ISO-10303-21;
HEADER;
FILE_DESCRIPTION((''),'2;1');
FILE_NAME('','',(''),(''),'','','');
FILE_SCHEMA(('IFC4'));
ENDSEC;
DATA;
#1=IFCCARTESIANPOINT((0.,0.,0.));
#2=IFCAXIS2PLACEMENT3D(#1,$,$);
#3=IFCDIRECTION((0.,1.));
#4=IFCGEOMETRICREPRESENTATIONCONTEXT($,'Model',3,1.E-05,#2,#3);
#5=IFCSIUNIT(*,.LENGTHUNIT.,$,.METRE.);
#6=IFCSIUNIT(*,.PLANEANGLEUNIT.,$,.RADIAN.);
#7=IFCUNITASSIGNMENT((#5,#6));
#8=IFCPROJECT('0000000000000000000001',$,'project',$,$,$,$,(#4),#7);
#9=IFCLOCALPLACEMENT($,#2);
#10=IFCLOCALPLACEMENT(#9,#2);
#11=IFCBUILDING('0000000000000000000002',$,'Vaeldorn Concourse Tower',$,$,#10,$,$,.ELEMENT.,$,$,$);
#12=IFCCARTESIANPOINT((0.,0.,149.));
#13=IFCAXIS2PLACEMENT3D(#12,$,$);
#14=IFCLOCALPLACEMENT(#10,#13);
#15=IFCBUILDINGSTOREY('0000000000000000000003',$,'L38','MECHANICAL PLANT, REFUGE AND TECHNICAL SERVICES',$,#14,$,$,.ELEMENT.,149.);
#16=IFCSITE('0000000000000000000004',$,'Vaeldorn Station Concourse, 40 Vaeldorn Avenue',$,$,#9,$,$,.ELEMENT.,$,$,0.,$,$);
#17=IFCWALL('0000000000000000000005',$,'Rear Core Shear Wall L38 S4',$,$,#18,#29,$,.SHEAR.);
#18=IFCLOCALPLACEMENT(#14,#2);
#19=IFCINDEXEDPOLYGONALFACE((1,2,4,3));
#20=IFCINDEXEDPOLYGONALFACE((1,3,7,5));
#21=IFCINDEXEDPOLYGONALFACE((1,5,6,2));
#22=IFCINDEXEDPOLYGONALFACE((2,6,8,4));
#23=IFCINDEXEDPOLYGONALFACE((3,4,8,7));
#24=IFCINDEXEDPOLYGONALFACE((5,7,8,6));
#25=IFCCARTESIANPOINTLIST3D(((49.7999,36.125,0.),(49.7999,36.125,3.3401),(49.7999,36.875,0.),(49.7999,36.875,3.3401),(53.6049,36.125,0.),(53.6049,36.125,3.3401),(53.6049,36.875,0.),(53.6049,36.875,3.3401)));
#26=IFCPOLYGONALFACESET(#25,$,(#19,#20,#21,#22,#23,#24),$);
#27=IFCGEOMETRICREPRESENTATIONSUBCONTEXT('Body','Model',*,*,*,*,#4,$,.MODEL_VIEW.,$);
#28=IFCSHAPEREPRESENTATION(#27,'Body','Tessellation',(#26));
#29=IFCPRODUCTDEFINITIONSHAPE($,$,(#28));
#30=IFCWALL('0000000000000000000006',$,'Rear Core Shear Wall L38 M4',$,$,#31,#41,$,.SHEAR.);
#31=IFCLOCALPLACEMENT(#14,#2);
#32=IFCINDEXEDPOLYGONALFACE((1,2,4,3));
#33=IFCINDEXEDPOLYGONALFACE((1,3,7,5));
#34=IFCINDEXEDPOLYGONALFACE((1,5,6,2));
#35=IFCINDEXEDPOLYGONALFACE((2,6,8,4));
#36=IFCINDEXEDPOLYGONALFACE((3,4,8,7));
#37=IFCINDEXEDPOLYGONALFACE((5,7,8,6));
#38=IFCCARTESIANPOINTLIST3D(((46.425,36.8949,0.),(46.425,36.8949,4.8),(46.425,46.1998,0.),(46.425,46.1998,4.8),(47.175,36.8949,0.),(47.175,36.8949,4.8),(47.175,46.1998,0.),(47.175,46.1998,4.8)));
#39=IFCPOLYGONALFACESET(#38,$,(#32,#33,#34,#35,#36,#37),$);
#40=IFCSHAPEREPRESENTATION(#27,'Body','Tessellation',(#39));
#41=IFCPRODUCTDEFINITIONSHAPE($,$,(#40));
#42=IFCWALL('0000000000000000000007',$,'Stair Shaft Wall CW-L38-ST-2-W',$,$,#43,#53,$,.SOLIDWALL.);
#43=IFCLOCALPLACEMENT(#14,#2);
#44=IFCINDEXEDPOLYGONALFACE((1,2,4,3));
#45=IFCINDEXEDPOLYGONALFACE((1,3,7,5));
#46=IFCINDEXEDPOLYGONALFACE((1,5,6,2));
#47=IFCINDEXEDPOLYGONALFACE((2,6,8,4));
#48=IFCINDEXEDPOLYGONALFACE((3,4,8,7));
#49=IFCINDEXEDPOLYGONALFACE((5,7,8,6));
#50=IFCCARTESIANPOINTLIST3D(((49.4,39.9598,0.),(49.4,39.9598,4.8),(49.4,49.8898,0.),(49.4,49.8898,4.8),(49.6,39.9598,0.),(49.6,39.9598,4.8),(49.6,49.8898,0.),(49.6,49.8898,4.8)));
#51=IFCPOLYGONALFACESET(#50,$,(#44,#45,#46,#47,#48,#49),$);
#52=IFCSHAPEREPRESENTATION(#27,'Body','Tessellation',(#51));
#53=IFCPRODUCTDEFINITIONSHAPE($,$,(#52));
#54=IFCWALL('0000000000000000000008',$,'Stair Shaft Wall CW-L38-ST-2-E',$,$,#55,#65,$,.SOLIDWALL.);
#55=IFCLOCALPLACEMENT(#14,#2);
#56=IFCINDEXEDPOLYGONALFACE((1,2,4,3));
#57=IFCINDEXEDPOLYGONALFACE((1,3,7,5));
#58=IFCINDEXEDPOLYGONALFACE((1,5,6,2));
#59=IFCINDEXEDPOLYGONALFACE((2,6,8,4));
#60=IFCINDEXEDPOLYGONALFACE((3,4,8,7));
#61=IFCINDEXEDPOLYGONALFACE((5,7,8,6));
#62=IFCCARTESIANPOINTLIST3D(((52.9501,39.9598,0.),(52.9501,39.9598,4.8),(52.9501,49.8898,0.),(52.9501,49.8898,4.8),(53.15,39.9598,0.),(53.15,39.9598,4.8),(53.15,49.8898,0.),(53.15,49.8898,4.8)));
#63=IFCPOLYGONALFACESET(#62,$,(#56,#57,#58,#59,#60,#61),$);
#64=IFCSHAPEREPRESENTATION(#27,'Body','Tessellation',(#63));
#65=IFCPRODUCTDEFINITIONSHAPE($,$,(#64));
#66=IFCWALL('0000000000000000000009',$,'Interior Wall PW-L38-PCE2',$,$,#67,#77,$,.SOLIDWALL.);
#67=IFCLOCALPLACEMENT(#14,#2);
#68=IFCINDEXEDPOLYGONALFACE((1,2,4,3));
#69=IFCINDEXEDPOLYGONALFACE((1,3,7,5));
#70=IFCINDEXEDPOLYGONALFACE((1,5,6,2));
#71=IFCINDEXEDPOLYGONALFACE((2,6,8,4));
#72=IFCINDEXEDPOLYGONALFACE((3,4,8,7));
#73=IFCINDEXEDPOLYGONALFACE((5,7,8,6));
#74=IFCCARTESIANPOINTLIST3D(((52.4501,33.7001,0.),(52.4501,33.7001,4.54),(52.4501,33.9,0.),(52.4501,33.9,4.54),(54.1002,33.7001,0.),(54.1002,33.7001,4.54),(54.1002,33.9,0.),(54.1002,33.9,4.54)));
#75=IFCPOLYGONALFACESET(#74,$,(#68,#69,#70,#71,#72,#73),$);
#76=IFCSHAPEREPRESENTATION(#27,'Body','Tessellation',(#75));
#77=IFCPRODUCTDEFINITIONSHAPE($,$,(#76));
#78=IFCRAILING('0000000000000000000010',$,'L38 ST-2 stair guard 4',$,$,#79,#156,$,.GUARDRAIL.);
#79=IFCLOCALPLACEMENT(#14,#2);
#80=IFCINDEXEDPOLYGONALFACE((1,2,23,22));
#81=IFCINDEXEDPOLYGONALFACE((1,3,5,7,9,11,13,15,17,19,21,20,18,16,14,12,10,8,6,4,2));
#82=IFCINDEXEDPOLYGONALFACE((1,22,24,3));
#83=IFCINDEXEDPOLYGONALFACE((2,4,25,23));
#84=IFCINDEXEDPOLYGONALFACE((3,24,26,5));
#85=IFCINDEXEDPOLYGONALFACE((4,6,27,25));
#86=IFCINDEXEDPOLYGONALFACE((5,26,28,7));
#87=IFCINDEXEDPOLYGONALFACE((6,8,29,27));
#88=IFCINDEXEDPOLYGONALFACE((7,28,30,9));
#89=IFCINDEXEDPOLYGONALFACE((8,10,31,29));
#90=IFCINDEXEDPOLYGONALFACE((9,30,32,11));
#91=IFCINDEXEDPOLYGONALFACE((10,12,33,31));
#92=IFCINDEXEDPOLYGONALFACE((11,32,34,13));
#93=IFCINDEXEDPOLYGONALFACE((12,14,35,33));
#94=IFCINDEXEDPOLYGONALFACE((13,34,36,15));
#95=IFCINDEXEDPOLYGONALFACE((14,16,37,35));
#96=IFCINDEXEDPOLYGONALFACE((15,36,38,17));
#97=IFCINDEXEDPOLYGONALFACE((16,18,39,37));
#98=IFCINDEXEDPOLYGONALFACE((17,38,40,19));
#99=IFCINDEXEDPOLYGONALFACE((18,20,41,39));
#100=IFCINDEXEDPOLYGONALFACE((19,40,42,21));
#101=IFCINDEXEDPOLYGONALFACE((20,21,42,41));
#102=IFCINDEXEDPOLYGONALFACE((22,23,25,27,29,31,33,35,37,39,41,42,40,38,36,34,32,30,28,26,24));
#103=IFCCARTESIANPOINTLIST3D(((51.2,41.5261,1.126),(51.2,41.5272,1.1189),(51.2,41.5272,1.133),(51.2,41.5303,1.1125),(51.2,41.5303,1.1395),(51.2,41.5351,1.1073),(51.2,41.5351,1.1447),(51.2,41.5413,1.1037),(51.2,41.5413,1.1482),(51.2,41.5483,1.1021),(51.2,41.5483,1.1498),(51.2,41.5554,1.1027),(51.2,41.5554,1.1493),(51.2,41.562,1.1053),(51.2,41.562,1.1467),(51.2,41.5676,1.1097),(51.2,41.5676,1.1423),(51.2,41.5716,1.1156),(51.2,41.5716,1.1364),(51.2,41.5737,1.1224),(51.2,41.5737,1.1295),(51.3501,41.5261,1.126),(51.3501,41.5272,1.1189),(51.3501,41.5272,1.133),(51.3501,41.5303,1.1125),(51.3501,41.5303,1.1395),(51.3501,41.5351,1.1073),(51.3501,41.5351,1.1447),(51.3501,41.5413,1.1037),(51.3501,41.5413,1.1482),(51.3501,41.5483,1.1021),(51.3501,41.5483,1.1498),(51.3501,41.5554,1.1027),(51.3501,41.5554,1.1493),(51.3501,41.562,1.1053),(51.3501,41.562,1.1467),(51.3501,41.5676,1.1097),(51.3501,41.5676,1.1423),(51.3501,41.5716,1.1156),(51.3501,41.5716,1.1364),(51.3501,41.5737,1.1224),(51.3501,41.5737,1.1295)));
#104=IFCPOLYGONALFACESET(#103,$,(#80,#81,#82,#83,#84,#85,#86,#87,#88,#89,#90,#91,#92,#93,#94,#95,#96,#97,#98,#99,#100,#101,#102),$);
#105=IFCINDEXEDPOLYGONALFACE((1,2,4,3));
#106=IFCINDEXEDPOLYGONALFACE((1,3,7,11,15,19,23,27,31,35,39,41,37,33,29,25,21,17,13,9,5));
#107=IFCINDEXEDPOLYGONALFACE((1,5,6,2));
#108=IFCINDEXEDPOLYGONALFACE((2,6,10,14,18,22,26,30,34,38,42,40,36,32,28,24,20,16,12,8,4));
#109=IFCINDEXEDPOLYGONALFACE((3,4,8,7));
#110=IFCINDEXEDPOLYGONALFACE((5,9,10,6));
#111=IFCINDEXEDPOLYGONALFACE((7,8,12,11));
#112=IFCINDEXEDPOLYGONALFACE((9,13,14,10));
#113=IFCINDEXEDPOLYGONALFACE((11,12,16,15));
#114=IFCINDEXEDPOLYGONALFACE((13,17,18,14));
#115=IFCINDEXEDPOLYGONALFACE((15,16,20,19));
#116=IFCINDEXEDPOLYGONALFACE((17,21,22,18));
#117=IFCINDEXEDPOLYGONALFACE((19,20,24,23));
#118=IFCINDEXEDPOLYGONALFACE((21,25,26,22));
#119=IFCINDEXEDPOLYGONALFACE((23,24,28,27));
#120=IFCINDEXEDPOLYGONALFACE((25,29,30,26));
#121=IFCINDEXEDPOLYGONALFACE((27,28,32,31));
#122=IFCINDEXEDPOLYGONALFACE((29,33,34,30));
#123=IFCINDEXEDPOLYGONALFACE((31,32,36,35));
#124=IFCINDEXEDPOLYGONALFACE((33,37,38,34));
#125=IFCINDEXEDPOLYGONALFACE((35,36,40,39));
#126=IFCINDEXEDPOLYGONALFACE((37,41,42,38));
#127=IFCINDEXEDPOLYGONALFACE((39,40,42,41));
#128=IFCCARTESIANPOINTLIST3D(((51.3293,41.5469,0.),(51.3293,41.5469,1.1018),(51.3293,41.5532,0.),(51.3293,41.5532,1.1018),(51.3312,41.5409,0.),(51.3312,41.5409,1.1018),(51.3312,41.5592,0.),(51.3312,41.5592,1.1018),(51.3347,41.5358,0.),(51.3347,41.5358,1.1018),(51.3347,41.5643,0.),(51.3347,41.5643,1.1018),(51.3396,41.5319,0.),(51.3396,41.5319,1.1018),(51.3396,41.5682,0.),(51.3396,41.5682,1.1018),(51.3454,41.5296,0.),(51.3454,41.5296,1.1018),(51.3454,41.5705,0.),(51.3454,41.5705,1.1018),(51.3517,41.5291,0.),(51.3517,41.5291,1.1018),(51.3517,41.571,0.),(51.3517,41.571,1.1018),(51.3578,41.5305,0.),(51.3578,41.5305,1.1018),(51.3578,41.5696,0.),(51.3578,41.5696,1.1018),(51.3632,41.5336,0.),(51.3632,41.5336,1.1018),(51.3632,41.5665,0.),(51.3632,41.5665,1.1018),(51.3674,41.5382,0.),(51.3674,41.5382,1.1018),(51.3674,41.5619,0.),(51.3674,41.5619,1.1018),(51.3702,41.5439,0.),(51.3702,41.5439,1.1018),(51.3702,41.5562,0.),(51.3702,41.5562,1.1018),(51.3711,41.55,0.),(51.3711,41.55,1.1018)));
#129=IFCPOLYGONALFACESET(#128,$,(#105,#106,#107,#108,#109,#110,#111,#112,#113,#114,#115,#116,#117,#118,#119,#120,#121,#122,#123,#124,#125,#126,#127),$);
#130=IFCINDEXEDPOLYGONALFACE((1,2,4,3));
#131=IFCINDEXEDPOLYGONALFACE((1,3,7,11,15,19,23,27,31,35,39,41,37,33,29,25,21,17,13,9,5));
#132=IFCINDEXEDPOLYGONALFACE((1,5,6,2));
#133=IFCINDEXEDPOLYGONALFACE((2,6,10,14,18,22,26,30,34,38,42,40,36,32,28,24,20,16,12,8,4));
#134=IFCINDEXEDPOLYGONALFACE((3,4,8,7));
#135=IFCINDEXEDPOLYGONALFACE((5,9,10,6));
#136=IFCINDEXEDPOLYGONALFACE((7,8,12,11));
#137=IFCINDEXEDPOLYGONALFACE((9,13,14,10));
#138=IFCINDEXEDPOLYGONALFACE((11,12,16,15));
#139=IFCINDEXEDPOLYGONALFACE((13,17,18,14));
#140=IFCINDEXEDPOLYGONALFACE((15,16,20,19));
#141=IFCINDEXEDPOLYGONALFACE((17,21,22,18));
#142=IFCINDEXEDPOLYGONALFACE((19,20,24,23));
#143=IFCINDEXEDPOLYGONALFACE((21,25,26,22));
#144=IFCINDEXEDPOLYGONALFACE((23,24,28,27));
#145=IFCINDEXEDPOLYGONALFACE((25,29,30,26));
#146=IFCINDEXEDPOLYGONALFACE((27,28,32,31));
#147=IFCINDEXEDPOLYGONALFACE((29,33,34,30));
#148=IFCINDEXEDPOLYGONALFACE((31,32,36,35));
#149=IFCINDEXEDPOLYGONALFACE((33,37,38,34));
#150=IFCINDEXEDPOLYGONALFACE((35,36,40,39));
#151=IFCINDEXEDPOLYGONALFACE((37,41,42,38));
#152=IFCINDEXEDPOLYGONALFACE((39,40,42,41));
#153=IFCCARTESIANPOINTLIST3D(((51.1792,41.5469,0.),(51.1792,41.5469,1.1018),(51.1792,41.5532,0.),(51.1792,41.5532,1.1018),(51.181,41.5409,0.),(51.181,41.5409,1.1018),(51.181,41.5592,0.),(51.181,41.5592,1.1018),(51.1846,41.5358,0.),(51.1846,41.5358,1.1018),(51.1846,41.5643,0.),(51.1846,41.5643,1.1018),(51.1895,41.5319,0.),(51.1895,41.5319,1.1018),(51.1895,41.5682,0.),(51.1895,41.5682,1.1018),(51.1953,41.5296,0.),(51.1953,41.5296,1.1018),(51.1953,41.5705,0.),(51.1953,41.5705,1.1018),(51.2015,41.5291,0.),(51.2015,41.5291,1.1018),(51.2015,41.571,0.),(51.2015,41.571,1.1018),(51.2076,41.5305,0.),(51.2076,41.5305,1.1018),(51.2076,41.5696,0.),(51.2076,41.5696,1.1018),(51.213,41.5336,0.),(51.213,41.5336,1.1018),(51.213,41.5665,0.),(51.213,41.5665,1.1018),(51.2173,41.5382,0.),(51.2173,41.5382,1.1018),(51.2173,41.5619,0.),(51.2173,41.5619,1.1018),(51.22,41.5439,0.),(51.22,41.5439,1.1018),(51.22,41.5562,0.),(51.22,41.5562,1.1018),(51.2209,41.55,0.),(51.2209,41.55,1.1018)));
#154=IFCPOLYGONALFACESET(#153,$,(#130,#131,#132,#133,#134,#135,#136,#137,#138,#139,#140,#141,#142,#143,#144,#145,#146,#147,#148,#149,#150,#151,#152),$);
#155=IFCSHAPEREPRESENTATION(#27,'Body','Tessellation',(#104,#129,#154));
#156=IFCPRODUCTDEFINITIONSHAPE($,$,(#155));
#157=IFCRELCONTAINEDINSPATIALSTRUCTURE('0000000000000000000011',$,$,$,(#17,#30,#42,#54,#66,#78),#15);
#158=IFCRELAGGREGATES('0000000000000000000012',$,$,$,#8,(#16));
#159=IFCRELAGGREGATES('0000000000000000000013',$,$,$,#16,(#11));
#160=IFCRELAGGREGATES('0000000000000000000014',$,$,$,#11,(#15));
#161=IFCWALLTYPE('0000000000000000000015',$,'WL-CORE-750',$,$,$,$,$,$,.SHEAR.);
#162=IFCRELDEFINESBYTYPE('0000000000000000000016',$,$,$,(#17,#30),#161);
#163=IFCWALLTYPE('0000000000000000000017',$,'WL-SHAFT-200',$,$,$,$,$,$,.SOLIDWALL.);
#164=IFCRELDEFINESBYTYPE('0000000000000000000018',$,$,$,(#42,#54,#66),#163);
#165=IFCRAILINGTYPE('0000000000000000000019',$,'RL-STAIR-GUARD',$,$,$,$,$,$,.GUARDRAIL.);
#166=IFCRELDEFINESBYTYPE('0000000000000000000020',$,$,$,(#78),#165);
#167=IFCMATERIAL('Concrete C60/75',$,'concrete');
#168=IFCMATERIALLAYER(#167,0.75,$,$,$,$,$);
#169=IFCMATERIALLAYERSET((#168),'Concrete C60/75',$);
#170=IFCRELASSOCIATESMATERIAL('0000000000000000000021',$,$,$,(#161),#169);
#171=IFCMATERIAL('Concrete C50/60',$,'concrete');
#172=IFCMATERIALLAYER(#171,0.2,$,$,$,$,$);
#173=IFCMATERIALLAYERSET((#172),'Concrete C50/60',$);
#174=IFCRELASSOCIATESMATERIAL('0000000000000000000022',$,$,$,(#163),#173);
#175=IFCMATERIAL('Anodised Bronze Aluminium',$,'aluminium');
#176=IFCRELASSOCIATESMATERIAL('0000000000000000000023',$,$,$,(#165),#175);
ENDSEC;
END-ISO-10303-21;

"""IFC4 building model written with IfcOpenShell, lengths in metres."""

from ifc_helpers import new_model, si_unit, direction, frame, frame_2d, origin, origin_2d, place, context, subcontext, project, spatial, rectangle, circle, extrude, material, layer, layer_set, type_object, element, save


model = new_model("IFC4")

# Units and contexts
model_context = context("Model", 3, precision=1e-05, world=origin(), true_north=direction((0.0, 1.0)))
body_context = subcontext(model_context, "Body", "Model", "MODEL_VIEW")
ifc_project = project(units=[si_unit("LENGTHUNIT", "METRE"), si_unit("PLANEANGLEUNIT", "RADIAN")], contexts=[model_context])

# Site, building, storey
site_placement = place(None, origin())
site = spatial("IfcSite", under=ifc_project, at=site_placement, Name="Vaeldorn Station Concourse, 40 Vaeldorn Avenue", CompositionType="ELEMENT", RefElevation=0.0)
building_placement = place(site_placement, origin())
building = spatial("IfcBuilding", under=site, at=building_placement, Name="Vaeldorn Concourse Tower", CompositionType="ELEMENT")
storey_placement = place(building_placement, frame((0.0, 0.0, 149.0)))
storey = spatial("IfcBuildingStorey", under=building, at=storey_placement, Name="L38", Description="MECHANICAL PLANT, REFUGE AND TECHNICAL SERVICES", CompositionType="ELEMENT", Elevation=149.0)

# Shared definitions
ifc_material_1 = material(Name="Concrete C50/60", Category="concrete")

# Shared definitions
ifc_material_2 = material(Name="Concrete C60/75", Category="concrete")

# Walls
ifc_layer_1 = layer(ifc_material_2, 0.75)
ifc_layer_set_1 = layer_set([ifc_layer_1], Name="Concrete C60/75")
wall_type_1 = type_object("IfcWallType", Name="WL-CORE-750", PredefinedType="SHEAR", material=ifc_layer_set_1)
wall_1_placement = place(storey_placement, frame((49.8, 36.5, 0.0), z_axis=(0.0, 0.0, 1.0), x_axis=(1.0, 0.0, 0.0)))
element("IfcWall", 1, at=wall_1_placement, inside=storey, type_object=wall_type_1, Name="Rear Core Shear Wall L38 S4", PredefinedType="SHEAR", context=body_context, shape_type="SweptSolid", body=[
    extrude(rectangle(XDim=3.8049, YDim=0.75, at=frame_2d((1.9023, 0.0))), origin(), (0.0, 0.0, 1.0), 3.3401),
])
wall_2_placement = place(storey_placement, frame((46.8, 36.895, 0.0), z_axis=(0.0, 0.0, 1.0), x_axis=(0.0, 1.0, 0.0)))
element("IfcWall", 2, at=wall_2_placement, inside=storey, type_object=wall_type_1, Name="Rear Core Shear Wall L38 M4", PredefinedType="SHEAR", context=body_context, shape_type="SweptSolid", body=[
    extrude(rectangle(XDim=9.3049, YDim=0.75, at=frame_2d((4.6523, 0.0))), origin(), (0.0, 0.0, 1.0), 4.8),
])

# Shared definitions
ifc_layer_2 = layer(ifc_material_1, 0.2)
ifc_layer_set_2 = layer_set([ifc_layer_2], Name="Concrete C50/60")
wall_type_2 = type_object("IfcWallType", Name="WL-SHAFT-200", PredefinedType="SOLIDWALL", material=ifc_layer_set_2)

# Walls
for number, where, z_axis, x_axis, name in (
    (3, (49.5, 39.96, 0.0), (0.0, 0.0, 1.0), (0.0, 1.0, 0.0), "Stair Shaft Wall CW-L38-ST-2-W"),
    (4, (53.05, 39.96, 0.0), (0.0, 0.0, 1.0), (0.0, 1.0, 0.0), "Stair Shaft Wall CW-L38-ST-2-E"),
):
    element("IfcWall", number, at=place(storey_placement, frame(where, z_axis=z_axis, x_axis=x_axis)), inside=storey, type_object=wall_type_2, Name=name, PredefinedType="SOLIDWALL", context=body_context, shape_type="SweptSolid", body=[
        extrude(rectangle(XDim=9.9299, YDim=0.2, at=frame_2d((4.9648, 0.0))), origin(), (0.0, 0.0, 1.0), 4.8),
    ])

# Shared definitions
ifc_material_3 = material(Name="Anodised Bronze Aluminium", Category="aluminium")

# Wall
wall_3_placement = place(storey_placement, frame((52.45, 33.8, 0.0), z_axis=(0.0, 0.0, 1.0), x_axis=(1.0, 0.0, 0.0)))
element("IfcWall", 5, at=wall_3_placement, inside=storey, type_object=wall_type_2, Name="Interior Wall PW-L38-PCE2", PredefinedType="SOLIDWALL", context=body_context, shape_type="SweptSolid", body=[
    extrude(rectangle(XDim=1.6501, YDim=0.2, at=frame_2d((0.8252, 0.0))), origin(), (0.0, 0.0, 1.0), 4.54),
])

# Railing
railing_type = type_object("IfcRailingType", Name="RL-STAIR-GUARD", PredefinedType="GUARDRAIL", material=ifc_material_3)
railing_placement = place(storey_placement, frame((51.3501, 41.55, 0.0)))
element("IfcRailing", 6, at=railing_placement, inside=storey, type_object=railing_type, Name="L38 ST-2 stair guard 4", PredefinedType="GUARDRAIL", context=body_context, shape_type="SweptSolid", body=[
    extrude(circle(Radius=0.0239, at=origin_2d()), frame((0.0, 0.0, 1.126), z_axis=(-1.0, 0.0, 0.0), x_axis=(0.0, -1.0, 0.0)), (0.0, 0.0, 1.0), 0.1501),
    extrude(circle(Radius=0.021, at=origin_2d()), origin(), (0.0, 0.0, 1.0), 1.1018),
    extrude(circle(Radius=0.021, at=origin_2d()), frame((-0.1501, 0.0, 0.0)), (0.0, 0.0, 1.0), 1.1018),
])

save(model, "model.ifc")
